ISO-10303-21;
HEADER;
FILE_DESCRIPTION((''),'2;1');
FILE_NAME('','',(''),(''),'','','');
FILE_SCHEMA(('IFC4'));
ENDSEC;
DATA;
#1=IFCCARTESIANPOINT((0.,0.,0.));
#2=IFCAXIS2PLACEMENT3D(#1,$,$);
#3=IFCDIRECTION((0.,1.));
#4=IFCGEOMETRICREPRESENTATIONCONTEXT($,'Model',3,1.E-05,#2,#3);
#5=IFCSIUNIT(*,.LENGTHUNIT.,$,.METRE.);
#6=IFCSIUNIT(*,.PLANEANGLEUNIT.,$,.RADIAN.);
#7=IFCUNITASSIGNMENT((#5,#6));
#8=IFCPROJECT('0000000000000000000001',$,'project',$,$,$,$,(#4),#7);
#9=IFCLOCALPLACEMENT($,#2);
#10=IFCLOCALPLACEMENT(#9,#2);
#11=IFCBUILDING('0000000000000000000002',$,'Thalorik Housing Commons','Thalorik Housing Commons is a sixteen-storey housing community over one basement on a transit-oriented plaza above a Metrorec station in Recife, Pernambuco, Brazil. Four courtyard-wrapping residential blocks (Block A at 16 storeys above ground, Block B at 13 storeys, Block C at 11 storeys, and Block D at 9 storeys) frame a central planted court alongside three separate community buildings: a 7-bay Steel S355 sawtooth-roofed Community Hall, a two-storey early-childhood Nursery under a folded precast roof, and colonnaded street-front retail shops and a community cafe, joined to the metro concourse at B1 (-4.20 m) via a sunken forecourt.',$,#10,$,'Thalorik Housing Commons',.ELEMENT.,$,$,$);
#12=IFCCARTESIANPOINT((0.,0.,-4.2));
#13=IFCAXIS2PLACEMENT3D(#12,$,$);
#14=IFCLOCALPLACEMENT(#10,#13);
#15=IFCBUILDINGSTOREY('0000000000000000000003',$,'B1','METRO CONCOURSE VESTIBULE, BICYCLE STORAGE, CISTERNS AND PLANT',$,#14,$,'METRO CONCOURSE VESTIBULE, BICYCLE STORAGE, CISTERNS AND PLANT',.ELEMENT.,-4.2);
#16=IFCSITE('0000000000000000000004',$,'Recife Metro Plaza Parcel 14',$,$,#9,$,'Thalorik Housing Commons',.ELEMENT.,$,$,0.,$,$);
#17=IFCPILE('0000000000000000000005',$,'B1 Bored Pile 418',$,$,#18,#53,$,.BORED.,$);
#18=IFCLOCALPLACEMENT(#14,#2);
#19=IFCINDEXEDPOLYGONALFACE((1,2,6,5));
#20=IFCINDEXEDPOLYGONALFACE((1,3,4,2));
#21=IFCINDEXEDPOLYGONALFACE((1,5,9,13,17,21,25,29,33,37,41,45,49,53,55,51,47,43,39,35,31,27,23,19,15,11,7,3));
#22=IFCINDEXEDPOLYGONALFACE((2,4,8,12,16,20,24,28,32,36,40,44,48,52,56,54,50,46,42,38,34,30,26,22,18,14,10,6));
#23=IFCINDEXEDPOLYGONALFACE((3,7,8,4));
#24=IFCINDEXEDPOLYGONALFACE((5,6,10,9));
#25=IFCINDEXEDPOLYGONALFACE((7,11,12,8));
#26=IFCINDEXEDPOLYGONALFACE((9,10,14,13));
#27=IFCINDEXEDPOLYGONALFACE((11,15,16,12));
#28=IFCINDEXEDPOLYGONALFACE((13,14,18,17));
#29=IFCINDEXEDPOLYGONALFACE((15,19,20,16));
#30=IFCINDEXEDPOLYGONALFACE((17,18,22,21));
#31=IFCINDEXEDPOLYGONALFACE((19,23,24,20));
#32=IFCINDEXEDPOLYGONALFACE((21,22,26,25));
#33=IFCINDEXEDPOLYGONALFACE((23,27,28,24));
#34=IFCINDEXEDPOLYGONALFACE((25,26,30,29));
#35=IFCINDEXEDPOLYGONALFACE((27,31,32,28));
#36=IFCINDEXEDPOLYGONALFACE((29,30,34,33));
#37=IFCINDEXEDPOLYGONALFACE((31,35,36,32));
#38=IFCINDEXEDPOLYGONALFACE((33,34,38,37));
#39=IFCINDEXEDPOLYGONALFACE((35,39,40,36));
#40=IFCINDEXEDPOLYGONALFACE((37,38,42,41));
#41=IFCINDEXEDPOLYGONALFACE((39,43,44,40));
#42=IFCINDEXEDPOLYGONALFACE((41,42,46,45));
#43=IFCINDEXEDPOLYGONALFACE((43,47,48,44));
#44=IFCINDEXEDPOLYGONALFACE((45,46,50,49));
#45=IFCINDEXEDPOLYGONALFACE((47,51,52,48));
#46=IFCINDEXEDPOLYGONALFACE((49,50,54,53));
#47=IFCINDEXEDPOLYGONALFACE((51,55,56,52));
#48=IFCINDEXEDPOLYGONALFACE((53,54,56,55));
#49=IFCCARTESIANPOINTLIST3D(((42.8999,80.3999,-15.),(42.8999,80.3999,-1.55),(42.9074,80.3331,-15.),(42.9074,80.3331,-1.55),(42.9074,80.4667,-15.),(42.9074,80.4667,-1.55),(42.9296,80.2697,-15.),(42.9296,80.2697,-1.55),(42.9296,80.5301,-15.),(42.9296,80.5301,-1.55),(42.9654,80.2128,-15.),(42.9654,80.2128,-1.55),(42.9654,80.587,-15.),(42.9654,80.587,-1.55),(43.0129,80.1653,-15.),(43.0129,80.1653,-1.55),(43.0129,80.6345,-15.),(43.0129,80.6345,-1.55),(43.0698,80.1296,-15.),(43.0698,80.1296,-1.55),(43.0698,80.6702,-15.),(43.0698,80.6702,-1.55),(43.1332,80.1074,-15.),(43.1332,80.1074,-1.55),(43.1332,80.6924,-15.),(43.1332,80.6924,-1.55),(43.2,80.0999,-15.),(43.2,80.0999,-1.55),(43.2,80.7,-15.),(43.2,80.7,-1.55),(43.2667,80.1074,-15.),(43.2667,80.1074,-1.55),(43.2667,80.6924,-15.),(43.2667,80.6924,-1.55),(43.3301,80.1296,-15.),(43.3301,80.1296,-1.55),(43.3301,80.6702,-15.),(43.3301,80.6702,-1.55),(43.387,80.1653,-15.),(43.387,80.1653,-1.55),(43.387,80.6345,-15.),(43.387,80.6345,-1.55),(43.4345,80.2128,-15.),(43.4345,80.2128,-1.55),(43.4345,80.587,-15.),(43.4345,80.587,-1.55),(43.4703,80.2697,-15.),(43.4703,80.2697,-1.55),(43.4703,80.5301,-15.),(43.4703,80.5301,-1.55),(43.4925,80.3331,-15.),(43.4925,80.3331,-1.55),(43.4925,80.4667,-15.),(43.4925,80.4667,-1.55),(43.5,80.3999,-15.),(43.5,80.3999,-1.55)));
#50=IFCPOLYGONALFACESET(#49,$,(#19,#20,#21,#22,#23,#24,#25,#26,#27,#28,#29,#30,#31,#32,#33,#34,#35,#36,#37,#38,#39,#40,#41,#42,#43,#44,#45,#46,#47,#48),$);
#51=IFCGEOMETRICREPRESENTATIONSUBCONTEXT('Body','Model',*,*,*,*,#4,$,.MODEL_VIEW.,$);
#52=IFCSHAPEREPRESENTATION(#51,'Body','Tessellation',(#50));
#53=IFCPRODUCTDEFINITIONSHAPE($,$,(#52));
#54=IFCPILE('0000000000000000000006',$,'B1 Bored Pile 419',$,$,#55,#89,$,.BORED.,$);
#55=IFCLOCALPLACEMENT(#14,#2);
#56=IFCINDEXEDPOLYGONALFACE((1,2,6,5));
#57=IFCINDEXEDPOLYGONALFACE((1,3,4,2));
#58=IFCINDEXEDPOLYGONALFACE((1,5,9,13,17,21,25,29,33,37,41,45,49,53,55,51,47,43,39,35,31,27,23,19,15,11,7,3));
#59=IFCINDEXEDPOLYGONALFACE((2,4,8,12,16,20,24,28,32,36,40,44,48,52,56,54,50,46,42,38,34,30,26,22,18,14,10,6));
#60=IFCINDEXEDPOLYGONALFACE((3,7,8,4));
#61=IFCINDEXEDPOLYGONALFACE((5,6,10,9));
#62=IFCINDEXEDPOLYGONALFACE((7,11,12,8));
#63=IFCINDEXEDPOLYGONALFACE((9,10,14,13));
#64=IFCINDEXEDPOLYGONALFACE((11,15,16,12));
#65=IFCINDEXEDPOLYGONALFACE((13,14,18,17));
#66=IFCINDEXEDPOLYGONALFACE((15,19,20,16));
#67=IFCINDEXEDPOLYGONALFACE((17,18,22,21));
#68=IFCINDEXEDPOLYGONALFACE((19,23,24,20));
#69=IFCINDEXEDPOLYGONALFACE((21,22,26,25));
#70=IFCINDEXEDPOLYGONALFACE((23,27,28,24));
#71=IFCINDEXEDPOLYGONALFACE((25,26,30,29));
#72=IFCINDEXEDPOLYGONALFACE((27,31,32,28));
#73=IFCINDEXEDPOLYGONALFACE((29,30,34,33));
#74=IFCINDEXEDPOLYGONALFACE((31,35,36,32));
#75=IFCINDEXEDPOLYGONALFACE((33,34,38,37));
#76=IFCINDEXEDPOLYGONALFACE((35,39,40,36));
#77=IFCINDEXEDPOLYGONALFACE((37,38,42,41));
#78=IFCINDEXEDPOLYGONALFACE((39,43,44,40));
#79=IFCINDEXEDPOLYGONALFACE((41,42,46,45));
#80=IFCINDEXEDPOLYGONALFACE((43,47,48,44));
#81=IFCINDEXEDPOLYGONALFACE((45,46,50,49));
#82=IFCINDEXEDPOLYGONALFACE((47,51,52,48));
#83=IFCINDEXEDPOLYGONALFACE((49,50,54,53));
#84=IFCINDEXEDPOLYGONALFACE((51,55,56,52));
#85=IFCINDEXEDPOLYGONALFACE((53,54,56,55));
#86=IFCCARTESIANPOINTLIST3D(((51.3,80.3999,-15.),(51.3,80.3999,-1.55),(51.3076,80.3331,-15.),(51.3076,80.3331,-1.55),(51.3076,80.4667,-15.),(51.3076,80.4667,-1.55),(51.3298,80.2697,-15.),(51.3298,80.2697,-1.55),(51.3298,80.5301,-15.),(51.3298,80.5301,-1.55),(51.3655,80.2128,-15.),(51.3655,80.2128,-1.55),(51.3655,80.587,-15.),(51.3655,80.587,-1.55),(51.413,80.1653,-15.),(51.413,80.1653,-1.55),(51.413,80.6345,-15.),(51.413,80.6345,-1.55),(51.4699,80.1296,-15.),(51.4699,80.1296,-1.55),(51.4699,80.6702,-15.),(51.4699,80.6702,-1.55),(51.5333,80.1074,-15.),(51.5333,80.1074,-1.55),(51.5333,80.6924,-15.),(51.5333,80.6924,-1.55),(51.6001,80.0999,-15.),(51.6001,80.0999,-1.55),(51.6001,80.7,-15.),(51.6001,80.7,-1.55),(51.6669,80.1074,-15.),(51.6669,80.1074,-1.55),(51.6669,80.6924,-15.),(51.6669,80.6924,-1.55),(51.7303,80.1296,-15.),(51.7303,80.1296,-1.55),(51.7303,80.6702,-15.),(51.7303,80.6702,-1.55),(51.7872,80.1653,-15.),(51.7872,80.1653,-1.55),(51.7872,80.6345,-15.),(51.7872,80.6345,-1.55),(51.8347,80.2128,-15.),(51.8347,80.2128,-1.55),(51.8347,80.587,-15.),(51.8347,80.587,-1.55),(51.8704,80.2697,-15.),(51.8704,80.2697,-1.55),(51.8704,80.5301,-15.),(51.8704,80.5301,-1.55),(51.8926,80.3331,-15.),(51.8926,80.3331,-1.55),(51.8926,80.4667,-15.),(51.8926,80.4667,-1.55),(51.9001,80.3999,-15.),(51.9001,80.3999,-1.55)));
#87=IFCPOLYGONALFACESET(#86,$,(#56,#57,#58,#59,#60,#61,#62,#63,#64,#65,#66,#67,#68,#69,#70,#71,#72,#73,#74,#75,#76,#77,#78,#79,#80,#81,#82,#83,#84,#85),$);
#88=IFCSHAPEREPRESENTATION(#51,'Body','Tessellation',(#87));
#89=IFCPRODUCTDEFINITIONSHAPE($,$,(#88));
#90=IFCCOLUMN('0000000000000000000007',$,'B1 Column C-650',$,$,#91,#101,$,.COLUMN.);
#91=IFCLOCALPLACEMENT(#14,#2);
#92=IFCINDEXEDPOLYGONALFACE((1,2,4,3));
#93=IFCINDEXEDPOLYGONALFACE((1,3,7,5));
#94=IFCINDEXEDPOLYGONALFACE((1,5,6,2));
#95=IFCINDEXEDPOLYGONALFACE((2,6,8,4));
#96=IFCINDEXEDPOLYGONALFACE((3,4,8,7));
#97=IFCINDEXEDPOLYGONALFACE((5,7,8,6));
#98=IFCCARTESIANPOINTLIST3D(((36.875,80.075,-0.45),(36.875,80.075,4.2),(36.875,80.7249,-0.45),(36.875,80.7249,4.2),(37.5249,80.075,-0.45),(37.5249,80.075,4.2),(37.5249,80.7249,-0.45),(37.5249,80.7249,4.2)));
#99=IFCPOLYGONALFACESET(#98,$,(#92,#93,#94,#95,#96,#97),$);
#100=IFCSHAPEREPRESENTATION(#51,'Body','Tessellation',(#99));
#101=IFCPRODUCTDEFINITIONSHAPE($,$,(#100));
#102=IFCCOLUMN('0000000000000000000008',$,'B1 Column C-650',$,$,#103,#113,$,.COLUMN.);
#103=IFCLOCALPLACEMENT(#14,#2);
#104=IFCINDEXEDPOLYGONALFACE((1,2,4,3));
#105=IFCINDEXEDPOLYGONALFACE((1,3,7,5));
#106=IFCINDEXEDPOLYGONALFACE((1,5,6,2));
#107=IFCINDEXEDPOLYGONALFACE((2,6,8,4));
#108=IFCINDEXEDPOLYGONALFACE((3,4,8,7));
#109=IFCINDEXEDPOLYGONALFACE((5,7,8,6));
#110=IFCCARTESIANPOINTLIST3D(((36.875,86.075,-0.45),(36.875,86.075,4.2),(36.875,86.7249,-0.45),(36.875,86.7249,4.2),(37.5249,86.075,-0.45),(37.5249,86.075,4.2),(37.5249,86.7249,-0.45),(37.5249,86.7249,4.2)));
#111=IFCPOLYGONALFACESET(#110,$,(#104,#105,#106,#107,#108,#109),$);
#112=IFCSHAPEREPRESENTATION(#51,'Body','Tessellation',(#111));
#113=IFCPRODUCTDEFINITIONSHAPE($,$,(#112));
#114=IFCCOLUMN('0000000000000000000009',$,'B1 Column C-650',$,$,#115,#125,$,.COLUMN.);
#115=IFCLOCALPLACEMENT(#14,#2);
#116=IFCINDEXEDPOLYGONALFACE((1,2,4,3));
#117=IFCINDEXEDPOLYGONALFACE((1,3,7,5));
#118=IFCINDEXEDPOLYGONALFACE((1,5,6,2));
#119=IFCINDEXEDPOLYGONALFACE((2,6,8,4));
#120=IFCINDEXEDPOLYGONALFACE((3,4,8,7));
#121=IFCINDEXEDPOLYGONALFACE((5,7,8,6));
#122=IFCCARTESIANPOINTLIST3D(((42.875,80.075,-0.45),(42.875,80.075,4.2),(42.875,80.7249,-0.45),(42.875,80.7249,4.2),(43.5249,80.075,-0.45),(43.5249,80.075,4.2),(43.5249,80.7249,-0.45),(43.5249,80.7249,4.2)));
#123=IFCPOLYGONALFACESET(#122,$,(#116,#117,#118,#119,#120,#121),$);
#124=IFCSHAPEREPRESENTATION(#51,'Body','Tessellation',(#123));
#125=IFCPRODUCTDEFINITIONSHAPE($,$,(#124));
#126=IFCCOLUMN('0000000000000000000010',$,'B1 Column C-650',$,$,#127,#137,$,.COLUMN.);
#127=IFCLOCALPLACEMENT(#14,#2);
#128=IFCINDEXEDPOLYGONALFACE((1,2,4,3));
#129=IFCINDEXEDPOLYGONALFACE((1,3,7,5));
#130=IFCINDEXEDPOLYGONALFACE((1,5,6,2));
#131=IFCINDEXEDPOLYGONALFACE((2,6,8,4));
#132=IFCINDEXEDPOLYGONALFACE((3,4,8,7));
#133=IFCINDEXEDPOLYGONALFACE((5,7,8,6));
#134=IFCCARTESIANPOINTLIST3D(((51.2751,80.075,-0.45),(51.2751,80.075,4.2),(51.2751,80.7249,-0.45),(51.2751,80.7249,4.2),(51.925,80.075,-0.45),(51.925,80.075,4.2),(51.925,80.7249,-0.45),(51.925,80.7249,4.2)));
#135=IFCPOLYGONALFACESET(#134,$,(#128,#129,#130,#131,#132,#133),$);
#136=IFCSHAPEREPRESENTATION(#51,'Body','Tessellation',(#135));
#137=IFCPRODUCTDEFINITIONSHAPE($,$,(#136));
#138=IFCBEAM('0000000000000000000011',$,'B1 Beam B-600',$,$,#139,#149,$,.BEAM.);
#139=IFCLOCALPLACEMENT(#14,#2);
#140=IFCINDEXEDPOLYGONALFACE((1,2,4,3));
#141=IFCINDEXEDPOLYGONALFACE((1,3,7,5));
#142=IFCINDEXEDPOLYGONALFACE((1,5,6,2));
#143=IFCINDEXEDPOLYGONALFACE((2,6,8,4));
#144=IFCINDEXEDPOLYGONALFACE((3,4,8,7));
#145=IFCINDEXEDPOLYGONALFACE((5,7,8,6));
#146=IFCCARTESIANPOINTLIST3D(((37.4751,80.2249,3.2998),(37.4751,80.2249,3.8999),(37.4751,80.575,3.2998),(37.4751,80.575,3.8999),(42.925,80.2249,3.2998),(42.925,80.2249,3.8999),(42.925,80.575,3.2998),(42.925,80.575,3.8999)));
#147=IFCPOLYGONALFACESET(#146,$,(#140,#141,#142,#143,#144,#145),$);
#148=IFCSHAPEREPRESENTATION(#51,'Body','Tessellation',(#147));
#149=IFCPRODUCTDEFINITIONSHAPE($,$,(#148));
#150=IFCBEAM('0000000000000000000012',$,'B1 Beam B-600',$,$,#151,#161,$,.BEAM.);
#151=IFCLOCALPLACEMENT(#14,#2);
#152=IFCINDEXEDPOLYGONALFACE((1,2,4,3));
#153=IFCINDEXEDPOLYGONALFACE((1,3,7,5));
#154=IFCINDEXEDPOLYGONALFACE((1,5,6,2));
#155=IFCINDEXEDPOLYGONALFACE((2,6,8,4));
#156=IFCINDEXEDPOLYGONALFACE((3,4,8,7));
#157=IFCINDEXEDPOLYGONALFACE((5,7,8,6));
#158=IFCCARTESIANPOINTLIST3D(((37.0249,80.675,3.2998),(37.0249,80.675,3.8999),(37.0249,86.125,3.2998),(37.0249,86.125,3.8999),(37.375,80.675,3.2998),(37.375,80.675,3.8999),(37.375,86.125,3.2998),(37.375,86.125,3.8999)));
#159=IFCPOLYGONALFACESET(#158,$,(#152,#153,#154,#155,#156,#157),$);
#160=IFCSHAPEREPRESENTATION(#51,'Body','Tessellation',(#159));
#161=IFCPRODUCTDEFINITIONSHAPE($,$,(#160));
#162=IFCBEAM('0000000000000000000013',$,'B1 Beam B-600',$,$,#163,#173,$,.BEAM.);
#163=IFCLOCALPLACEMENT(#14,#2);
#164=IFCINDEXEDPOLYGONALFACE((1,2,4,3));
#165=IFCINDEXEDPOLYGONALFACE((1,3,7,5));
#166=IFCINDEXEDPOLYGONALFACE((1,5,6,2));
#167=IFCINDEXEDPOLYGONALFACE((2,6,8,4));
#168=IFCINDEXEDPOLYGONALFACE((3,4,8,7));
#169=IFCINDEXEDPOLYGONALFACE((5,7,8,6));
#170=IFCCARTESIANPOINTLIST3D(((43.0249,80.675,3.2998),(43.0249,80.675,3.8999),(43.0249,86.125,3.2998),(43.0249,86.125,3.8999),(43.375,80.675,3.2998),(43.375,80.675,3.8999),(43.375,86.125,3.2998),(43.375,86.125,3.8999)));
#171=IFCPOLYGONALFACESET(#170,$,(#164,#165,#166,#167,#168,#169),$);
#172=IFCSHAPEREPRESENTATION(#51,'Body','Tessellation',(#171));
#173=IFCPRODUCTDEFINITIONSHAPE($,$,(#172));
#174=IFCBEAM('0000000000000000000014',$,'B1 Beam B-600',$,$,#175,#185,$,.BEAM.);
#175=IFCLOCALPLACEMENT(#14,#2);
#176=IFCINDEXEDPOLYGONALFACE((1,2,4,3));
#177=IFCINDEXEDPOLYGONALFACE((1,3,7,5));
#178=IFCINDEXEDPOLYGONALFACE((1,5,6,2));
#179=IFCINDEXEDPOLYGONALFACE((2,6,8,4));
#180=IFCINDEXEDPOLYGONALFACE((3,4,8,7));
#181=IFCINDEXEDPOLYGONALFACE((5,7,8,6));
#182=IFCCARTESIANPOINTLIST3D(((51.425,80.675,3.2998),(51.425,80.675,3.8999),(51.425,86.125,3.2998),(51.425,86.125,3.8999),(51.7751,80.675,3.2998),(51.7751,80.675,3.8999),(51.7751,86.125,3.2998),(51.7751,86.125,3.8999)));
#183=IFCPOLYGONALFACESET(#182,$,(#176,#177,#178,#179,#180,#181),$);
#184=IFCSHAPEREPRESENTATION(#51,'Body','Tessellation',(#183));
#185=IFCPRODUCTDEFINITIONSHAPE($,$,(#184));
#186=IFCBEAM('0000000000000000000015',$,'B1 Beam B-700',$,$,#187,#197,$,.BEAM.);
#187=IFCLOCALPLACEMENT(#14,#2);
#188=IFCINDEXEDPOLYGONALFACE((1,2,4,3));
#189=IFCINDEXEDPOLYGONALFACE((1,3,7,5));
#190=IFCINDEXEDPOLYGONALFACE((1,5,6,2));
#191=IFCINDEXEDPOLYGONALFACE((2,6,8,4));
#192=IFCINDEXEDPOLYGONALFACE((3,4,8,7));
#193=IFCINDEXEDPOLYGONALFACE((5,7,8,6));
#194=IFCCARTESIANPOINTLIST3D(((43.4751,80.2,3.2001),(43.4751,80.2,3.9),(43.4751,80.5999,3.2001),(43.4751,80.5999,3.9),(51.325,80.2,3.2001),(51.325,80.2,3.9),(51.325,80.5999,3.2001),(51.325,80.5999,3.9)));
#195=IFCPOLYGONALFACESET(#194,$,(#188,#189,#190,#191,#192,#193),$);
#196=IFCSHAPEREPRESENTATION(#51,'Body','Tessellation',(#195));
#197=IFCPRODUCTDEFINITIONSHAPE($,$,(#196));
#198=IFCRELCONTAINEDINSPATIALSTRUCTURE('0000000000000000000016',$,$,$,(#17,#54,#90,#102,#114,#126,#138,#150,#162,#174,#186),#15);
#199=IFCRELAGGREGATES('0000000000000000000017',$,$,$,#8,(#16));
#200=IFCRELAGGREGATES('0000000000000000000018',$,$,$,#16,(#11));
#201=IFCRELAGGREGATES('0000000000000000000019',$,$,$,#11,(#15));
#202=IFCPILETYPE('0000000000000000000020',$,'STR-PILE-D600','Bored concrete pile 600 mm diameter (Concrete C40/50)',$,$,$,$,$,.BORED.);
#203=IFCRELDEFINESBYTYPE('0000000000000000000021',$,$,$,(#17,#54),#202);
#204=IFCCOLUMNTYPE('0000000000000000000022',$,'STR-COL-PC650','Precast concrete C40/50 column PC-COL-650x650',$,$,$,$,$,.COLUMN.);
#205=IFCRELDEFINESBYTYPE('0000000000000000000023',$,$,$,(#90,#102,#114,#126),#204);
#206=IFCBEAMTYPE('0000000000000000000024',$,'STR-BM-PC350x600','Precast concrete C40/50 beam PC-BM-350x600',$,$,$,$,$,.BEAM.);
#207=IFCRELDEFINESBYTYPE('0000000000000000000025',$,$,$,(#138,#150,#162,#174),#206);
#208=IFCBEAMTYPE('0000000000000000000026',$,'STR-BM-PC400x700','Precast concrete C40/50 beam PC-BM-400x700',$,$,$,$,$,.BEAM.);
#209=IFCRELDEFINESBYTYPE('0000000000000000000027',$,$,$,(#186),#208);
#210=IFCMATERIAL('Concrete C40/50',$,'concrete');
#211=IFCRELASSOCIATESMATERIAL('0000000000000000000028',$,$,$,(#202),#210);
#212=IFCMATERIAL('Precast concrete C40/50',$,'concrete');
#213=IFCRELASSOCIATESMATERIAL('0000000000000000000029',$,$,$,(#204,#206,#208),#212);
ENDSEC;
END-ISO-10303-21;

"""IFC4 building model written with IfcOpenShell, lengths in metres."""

from ifc_helpers import new_model, si_unit, direction, frame, origin, origin_2d, place, context, subcontext, project, spatial, rectangle, circle, extrude, material, material_profile, profile_set, type_object, element, save


model = new_model("IFC4")

# Units and contexts
model_context = context("Model", 3, precision=1e-05, world=origin(), true_north=direction((0.0, 1.0)))
body_context = subcontext(model_context, "Body", "Model", "MODEL_VIEW")
ifc_project = project(units=[si_unit("LENGTHUNIT", "METRE"), si_unit("PLANEANGLEUNIT", "RADIAN")], contexts=[model_context])

# Site, building, storey
site_placement = place(None, origin())
site = spatial("IfcSite", under=ifc_project, at=site_placement, Name="Recife Metro Plaza Parcel 14", LongName="Thalorik Housing Commons", CompositionType="ELEMENT", RefElevation=0.0)
building_placement = place(site_placement, origin())
building = spatial("IfcBuilding", under=site, at=building_placement, Name="Thalorik Housing Commons", Description="Thalorik Housing Commons is a sixteen-storey housing community over one basement on a transit-oriented plaza above a Metrorec station in Recife, Pernambuco, Brazil. Four courtyard-wrapping residential blocks (Block A at 16 storeys above ground, Block B at 13 storeys, Block C at 11 storeys, and Block D at 9 storeys) frame a central planted court alongside three separate community buildings: a 7-bay Steel S355 sawtooth-roofed Community Hall, a two-storey early-childhood Nursery under a folded precast roof, and colonnaded street-front retail shops and a community cafe, joined to the metro concourse at B1 (-4.20 m) via a sunken forecourt.", LongName="Thalorik Housing Commons", CompositionType="ELEMENT")
storey_placement = place(building_placement, frame((0.0, 0.0, -4.2)))
storey = spatial("IfcBuildingStorey", under=building, at=storey_placement, Name="B1", Description="METRO CONCOURSE VESTIBULE, BICYCLE STORAGE, CISTERNS AND PLANT", LongName="METRO CONCOURSE VESTIBULE, BICYCLE STORAGE, CISTERNS AND PLANT", CompositionType="ELEMENT", Elevation=-4.2)

# Shared definitions
ifc_material_1 = material(Name="Concrete C40/50", Category="concrete")

# Piles
ifc_material_profile_1 = material_profile(ifc_material_1, circle(Radius=0.3, at=origin_2d()), Name="BORED PILE D600", Category="concrete")
ifc_profile_set_1 = profile_set([ifc_material_profile_1], Name="Concrete C40/50")
pile_type = type_object("IfcPileType", Name="STR-PILE-D600", Description="Bored concrete pile 600 mm diameter (Concrete C40/50)", PredefinedType="BORED", material=ifc_profile_set_1)
for number, where, z_axis, x_axis, name in (
    (1, (43.2, 80.3999, -1.55), (0.0, 0.0, -1.0), (1.0, 0.0, 0.0), "B1 Bored Pile 418"),
    (2, (51.6001, 80.3999, -1.55), (0.0, 0.0, -1.0), (1.0, 0.0, 0.0), "B1 Bored Pile 419"),
):
    element("IfcPile", number, at=place(storey_placement, frame(where, z_axis=z_axis, x_axis=x_axis)), inside=storey, type_object=pile_type, Name=name, PredefinedType="BORED", context=body_context, shape_type="SweptSolid", body=[
        extrude(circle(Radius=0.3, at=origin_2d()), origin(), (0.0, 0.0, 1.0), 13.45),
    ])

# Columns
ifc_material_2 = material(Name="Precast concrete C40/50", Category="concrete")
ifc_material_profile_2 = material_profile(ifc_material_2, rectangle(XDim=0.6499, YDim=0.6499, at=origin_2d()), Name="PC 650x650", Category="concrete")
ifc_profile_set_2 = profile_set([ifc_material_profile_2], Name="Precast concrete C40/50")
column_type = type_object("IfcColumnType", Name="STR-COL-PC650", Description="Precast concrete C40/50 column PC-COL-650x650", PredefinedType="COLUMN", material=ifc_profile_set_2)
for number, where, z_axis, x_axis, name in (
    (3, (37.2, 80.3999, -0.45), (0.0, 0.0, 1.0), (1.0, 0.0, 0.0), "B1 Column C-650"),
    (4, (37.2, 86.3999, -0.45), (0.0, 0.0, 1.0), (1.0, 0.0, 0.0), "B1 Column C-650"),
    (5, (43.2, 80.3999, -0.45), (0.0, 0.0, 1.0), (1.0, 0.0, 0.0), "B1 Column C-650"),
    (6, (51.6001, 80.3999, -0.45), (0.0, 0.0, 1.0), (1.0, 0.0, 0.0), "B1 Column C-650"),
):
    element("IfcColumn", number, at=place(storey_placement, frame(where, z_axis=z_axis, x_axis=x_axis)), inside=storey, type_object=column_type, Name=name, PredefinedType="COLUMN", context=body_context, shape_type="SweptSolid", body=[
        extrude(rectangle(XDim=0.6499, YDim=0.6499, at=origin_2d()), origin(), (0.0, 0.0, 1.0), 4.6499),
    ])

# Beams
ifc_material_profile_3 = material_profile(ifc_material_2, rectangle(XDim=0.3501, YDim=0.6001, at=origin_2d()), Name="PC 350x600", Category="concrete")
ifc_profile_set_3 = profile_set([ifc_material_profile_3], Name="Precast concrete C40/50")
beam_type_1 = type_object("IfcBeamType", Name="STR-BM-PC350x600", Description="Precast concrete C40/50 beam PC-BM-350x600", PredefinedType="BEAM", material=ifc_profile_set_3)
for number, where, z_axis, x_axis, name in (
    (7, (37.4751, 80.3999, 3.5999), (1.0, 0.0, 0.0), (0.0, 1.0, 0.0), "B1 Beam B-600"),
    (8, (37.2, 80.675, 3.5999), (0.0, 1.0, 0.0), (-1.0, 0.0, 0.0), "B1 Beam B-600"),
    (9, (43.2, 80.675, 3.5999), (0.0, 1.0, 0.0), (-1.0, 0.0, 0.0), "B1 Beam B-600"),
    (10, (51.6001, 80.675, 3.5999), (0.0, 1.0, 0.0), (-1.0, 0.0, 0.0), "B1 Beam B-600"),
):
    element("IfcBeam", number, at=place(storey_placement, frame(where, z_axis=z_axis, x_axis=x_axis)), inside=storey, type_object=beam_type_1, Name=name, PredefinedType="BEAM", context=body_context, shape_type="SweptSolid", body=[
        extrude(rectangle(XDim=0.3501, YDim=0.6001, at=origin_2d()), origin(), (0.0, 0.0, 1.0), 5.45),
    ])
ifc_material_profile_4 = material_profile(ifc_material_2, rectangle(XDim=0.3999, YDim=0.7, at=origin_2d()), Name="PC 400x700", Category="concrete")
ifc_profile_set_4 = profile_set([ifc_material_profile_4], Name="Precast concrete C40/50")
beam_type_2 = type_object("IfcBeamType", Name="STR-BM-PC400x700", Description="Precast concrete C40/50 beam PC-BM-400x700", PredefinedType="BEAM", material=ifc_profile_set_4)
beam_placement = place(storey_placement, frame((43.4751, 80.3999, 3.55), z_axis=(1.0, 0.0, 0.0), x_axis=(0.0, 1.0, 0.0)))
element("IfcBeam", 11, at=beam_placement, inside=storey, type_object=beam_type_2, Name="B1 Beam B-700", PredefinedType="BEAM", context=body_context, shape_type="SweptSolid", body=[
    extrude(rectangle(XDim=0.3999, YDim=0.7, at=origin_2d()), origin(), (0.0, 0.0, 1.0), 7.8499),
])

save(model, "model.ifc")
